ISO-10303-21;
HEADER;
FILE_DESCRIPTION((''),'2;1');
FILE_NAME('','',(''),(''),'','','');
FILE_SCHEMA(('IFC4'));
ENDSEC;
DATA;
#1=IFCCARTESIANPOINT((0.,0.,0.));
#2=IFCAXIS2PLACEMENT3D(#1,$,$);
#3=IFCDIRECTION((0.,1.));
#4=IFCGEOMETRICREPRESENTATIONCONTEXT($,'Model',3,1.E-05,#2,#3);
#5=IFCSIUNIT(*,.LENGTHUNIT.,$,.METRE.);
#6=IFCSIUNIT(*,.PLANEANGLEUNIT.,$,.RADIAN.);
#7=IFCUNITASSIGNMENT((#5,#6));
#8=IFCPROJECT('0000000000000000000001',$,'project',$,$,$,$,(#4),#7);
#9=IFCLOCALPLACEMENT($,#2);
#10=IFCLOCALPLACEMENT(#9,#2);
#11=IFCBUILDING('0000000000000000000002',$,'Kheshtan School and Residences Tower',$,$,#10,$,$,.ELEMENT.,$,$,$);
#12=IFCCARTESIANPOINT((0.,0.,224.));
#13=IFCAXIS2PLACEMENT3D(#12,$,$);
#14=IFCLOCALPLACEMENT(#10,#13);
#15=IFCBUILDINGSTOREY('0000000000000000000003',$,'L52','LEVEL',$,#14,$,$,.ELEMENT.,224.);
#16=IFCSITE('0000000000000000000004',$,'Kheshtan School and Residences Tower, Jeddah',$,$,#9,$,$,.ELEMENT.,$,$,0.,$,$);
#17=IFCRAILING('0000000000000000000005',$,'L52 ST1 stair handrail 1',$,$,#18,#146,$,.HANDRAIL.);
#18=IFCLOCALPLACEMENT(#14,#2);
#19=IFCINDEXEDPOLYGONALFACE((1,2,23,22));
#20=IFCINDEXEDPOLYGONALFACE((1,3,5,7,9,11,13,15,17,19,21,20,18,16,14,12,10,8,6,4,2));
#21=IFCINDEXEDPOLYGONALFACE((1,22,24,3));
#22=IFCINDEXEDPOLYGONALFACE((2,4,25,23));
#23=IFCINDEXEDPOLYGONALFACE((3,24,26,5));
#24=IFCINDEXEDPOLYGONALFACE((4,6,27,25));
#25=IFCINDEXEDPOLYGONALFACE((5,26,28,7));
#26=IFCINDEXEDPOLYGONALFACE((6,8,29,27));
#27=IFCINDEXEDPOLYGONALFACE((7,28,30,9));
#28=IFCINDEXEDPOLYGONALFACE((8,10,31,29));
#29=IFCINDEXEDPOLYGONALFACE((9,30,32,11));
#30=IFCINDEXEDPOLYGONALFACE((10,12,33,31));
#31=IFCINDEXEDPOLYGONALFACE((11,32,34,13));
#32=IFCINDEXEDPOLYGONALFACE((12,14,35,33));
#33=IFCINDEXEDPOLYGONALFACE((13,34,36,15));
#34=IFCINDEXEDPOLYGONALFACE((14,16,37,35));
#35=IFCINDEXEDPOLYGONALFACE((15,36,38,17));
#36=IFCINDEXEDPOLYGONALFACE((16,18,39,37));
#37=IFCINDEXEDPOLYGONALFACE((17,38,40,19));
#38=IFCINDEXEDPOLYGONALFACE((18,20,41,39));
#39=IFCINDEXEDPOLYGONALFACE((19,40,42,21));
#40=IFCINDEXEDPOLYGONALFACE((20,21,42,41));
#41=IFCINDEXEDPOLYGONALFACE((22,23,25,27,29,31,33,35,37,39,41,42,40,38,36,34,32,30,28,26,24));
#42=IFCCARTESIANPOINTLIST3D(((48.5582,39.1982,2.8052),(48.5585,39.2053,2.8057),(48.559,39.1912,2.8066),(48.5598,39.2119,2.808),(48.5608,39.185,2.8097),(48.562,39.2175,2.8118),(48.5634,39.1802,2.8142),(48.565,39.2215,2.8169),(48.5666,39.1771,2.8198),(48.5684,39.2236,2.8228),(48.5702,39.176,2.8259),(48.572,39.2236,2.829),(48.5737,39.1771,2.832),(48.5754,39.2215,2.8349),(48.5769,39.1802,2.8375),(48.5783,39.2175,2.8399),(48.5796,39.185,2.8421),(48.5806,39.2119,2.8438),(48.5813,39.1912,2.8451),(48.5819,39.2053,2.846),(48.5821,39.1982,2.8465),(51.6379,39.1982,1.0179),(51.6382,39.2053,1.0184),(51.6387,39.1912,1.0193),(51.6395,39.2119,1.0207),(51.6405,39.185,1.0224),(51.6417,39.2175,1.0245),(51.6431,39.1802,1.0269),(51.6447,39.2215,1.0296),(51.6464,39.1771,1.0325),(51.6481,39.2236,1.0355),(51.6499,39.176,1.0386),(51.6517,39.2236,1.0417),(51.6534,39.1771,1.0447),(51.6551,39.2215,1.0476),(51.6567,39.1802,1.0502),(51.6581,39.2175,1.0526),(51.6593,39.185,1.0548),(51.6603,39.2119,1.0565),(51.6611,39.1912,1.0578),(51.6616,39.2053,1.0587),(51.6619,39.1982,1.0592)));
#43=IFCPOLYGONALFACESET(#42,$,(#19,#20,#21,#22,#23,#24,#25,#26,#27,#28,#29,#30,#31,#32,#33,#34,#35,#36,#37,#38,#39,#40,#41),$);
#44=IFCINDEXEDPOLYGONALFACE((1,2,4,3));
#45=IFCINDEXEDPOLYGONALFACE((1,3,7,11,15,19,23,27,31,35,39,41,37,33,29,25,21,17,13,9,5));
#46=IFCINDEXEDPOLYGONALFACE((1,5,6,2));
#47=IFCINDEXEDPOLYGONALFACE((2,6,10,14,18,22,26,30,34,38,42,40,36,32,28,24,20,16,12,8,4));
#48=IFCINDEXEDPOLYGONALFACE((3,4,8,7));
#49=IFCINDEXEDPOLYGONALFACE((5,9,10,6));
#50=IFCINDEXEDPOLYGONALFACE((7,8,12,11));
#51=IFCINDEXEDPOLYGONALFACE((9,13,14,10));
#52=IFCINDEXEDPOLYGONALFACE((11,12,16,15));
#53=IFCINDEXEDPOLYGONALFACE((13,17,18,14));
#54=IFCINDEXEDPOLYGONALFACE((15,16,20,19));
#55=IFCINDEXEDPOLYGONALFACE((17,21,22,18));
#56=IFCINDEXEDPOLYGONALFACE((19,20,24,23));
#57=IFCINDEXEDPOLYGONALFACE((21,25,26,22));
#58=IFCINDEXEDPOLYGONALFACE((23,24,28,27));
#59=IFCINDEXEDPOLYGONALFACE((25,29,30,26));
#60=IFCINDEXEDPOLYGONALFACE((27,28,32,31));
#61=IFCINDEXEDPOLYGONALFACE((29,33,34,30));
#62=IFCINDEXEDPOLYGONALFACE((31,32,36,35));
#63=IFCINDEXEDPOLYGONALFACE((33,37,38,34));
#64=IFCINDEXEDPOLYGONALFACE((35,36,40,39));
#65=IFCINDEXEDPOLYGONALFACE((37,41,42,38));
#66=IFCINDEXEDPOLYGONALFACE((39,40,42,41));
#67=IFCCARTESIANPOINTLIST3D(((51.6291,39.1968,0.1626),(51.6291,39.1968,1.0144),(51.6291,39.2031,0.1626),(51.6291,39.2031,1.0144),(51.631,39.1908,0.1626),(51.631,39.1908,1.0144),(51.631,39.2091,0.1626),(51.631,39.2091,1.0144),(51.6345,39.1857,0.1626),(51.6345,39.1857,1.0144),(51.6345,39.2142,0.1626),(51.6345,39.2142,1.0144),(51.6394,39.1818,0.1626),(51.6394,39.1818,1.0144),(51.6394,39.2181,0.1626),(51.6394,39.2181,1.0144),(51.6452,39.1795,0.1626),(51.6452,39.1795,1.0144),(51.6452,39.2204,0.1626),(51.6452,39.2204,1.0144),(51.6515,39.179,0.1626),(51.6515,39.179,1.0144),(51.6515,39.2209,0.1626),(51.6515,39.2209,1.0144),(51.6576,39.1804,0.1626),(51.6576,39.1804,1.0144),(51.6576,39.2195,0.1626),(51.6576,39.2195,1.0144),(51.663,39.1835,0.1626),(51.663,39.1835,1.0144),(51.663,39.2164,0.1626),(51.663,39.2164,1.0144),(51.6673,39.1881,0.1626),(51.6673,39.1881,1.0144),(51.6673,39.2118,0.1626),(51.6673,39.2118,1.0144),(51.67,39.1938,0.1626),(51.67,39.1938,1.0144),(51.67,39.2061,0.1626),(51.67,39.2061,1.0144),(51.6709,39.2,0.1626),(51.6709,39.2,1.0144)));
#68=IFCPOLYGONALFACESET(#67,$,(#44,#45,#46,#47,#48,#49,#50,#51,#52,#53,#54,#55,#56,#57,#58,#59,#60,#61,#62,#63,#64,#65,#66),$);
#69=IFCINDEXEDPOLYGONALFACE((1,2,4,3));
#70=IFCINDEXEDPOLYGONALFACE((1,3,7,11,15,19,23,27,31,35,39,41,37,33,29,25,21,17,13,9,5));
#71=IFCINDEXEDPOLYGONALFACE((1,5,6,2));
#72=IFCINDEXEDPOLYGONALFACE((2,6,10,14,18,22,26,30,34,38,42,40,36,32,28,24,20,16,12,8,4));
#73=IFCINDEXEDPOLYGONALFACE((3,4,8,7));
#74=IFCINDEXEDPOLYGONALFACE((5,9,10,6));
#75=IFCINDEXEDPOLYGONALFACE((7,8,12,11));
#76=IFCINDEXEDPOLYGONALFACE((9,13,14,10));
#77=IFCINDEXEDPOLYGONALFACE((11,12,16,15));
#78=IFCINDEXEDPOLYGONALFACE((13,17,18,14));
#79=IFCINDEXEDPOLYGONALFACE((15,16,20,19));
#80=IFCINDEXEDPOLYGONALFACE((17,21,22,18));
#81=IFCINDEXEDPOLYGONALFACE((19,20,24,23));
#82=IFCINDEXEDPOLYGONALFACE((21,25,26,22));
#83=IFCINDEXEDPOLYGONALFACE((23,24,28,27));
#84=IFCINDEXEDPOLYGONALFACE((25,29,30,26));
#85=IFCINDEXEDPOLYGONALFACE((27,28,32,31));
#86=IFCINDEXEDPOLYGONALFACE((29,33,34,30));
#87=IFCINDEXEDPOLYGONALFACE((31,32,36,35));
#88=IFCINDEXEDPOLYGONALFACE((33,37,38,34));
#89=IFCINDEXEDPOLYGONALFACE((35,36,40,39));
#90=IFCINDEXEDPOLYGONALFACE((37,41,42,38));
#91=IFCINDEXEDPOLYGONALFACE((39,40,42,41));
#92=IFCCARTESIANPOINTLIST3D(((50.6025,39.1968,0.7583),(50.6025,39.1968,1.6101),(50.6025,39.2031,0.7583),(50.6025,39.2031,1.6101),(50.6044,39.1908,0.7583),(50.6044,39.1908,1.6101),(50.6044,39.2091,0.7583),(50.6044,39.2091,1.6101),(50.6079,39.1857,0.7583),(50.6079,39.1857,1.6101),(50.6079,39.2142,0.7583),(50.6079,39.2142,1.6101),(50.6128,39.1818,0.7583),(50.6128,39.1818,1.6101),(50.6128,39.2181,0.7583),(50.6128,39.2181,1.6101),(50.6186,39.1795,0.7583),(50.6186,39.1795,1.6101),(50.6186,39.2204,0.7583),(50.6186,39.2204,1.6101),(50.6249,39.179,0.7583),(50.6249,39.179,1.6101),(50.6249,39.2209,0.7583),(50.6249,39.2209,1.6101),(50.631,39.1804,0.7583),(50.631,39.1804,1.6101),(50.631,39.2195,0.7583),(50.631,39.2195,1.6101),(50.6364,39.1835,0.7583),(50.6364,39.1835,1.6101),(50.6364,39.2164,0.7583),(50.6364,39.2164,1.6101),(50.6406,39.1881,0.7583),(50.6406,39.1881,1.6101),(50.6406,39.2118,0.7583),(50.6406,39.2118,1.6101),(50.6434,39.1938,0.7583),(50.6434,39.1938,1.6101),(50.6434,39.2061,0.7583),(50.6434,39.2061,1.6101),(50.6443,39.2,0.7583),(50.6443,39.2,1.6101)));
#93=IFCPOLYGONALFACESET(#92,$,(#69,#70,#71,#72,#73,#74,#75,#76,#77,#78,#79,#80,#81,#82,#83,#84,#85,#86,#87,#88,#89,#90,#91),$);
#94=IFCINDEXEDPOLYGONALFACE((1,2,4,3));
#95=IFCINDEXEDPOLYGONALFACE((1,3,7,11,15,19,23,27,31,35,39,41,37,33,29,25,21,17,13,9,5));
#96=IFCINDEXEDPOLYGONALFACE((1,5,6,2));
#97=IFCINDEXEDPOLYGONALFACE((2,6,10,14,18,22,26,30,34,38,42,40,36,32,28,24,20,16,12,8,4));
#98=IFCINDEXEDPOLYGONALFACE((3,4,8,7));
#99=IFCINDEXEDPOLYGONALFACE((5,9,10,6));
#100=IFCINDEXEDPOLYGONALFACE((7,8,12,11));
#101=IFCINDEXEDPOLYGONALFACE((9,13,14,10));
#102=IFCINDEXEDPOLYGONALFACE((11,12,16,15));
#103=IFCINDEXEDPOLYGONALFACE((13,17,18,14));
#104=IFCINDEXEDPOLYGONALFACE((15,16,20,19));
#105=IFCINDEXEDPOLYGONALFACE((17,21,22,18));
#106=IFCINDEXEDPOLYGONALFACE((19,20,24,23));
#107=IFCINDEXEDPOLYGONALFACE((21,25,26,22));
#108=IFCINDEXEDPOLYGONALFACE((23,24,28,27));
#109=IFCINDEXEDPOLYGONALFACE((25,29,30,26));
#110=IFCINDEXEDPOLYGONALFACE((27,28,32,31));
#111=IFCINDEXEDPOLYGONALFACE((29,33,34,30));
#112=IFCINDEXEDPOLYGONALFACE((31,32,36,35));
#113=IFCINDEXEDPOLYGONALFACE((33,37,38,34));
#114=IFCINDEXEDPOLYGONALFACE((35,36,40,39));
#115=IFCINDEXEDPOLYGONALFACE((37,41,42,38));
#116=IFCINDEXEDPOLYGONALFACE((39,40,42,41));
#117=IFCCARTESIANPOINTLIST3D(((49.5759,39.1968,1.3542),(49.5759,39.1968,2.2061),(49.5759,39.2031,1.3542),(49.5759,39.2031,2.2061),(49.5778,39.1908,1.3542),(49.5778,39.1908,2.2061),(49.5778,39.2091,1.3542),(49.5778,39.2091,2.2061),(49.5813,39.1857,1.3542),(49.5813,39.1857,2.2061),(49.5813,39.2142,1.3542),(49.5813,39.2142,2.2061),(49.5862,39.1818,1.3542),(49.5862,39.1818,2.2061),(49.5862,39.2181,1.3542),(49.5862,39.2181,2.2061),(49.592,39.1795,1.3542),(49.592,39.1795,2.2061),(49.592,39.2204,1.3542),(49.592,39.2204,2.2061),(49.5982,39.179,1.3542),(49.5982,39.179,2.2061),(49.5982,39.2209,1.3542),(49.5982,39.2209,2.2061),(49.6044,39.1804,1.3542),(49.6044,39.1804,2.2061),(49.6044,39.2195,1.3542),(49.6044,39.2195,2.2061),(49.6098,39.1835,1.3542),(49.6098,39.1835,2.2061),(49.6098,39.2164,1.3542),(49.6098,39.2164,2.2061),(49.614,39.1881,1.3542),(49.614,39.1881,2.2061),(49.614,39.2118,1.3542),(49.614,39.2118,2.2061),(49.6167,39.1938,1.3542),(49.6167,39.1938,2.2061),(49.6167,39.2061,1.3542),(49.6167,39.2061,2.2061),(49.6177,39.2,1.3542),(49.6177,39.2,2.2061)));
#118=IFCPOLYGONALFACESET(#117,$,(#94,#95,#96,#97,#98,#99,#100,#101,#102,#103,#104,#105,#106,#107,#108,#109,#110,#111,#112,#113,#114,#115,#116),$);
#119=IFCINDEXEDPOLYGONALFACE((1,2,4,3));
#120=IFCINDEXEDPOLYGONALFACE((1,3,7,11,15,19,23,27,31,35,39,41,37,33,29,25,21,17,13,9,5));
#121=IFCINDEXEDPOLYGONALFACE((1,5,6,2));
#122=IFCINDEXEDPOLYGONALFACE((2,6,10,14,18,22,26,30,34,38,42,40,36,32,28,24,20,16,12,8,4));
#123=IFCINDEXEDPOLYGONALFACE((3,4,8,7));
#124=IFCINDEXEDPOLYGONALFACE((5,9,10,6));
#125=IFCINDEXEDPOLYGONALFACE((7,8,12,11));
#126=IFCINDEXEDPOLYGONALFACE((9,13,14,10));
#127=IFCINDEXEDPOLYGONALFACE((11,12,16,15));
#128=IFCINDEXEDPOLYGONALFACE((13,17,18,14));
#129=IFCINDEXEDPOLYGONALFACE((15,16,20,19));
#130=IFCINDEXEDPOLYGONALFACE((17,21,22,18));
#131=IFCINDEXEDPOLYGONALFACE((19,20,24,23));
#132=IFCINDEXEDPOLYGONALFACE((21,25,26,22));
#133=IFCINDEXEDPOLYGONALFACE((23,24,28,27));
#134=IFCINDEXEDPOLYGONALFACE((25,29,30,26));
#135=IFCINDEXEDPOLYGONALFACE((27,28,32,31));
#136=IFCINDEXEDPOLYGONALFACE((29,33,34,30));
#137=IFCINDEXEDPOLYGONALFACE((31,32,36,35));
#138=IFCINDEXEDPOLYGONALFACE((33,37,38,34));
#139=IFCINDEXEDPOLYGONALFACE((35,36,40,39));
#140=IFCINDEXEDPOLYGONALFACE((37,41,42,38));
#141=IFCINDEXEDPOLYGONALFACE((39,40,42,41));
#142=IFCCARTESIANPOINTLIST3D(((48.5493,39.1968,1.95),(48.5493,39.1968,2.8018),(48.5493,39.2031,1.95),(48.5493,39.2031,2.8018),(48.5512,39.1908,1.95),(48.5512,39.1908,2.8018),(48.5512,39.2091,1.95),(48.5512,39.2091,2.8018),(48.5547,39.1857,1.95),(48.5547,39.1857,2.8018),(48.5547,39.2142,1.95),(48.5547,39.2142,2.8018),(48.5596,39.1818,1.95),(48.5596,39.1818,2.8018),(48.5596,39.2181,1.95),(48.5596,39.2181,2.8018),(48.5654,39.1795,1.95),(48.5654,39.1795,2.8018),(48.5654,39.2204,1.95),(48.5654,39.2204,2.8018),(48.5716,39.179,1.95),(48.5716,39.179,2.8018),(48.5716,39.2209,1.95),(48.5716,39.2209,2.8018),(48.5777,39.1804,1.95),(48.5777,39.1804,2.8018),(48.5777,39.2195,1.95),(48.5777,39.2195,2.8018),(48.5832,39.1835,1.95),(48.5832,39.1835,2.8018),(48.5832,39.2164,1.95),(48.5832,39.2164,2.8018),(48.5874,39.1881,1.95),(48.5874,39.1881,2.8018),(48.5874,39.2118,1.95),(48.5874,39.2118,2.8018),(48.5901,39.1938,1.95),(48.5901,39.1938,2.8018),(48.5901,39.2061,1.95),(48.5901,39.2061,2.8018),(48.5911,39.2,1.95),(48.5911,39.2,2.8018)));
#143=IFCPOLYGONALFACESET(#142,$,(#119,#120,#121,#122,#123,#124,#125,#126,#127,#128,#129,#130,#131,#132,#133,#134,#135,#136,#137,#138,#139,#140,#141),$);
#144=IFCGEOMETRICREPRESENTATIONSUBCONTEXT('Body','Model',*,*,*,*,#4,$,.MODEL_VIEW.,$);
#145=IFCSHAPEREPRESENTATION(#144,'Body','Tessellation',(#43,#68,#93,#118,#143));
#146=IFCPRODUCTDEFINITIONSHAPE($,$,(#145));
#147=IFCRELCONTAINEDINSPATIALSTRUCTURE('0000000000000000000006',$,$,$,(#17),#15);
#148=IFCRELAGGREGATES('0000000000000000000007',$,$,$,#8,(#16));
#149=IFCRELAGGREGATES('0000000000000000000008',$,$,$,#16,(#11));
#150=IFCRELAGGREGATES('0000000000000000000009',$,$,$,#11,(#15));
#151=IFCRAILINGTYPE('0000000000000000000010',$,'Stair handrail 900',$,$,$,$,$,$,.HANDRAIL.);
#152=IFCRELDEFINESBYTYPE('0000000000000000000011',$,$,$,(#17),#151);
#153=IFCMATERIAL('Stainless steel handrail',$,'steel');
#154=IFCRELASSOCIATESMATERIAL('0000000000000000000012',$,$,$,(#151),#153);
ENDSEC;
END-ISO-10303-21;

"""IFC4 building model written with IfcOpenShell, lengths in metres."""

from ifc_helpers import new_model, si_unit, direction, frame, origin, origin_2d, place, context, subcontext, project, spatial, circle, extrude, material, type_object, element, save


model = new_model("IFC4")

# Units and contexts
model_context = context("Model", 3, precision=1e-05, world=origin(), true_north=direction((0.0, 1.0)))
body_context = subcontext(model_context, "Body", "Model", "MODEL_VIEW")
ifc_project = project(units=[si_unit("LENGTHUNIT", "METRE"), si_unit("PLANEANGLEUNIT", "RADIAN")], contexts=[model_context])

# Site, building, storey
site_placement = place(None, origin())
site = spatial("IfcSite", under=ifc_project, at=site_placement, Name="Kheshtan School and Residences Tower, Jeddah", CompositionType="ELEMENT", RefElevation=0.0)
building_placement = place(site_placement, origin())
building = spatial("IfcBuilding", under=site, at=building_placement, Name="Kheshtan School and Residences Tower", CompositionType="ELEMENT")
storey_placement = place(building_placement, frame((0.0, 0.0, 224.0)))
storey = spatial("IfcBuildingStorey", under=building, at=storey_placement, Name="L52", Description="LEVEL", CompositionType="ELEMENT", Elevation=224.0)

# Railing
ifc_material_1 = material(Name="Stainless steel handrail", Category="steel")
railing_type_1 = type_object("IfcRailingType", Name="Stair handrail 900", PredefinedType="HANDRAIL", material=ifc_material_1)
railing_1_placement = place(storey_placement, frame((51.6499, 39.2, 0.1626)))
element("IfcRailing", 1, at=railing_1_placement, inside=storey, type_object=railing_type_1, Name="L52 ST1 stair handrail 1", PredefinedType="HANDRAIL", context=body_context, shape_type="SweptSolid", body=[
    extrude(circle(Radius=0.0239, at=origin_2d()), frame((0.0, 0.0, 0.876), z_axis=(-0.864903, 0.0, 0.501939), x_axis=(0.0, -1.0, 0.0)), (0.0, 0.0, 1.0), 3.5608),
    extrude(circle(Radius=0.021, at=origin_2d()), origin(), (0.0, 0.0, 1.0), 0.8518),
    extrude(circle(Radius=0.021, at=origin_2d()), frame((-1.0266, 0.0, 0.5957)), (0.0, 0.0, 1.0), 0.8518),
    extrude(circle(Radius=0.021, at=origin_2d()), frame((-2.0532, 0.0, 1.1917)), (0.0, 0.0, 1.0), 0.8518),
    extrude(circle(Radius=0.021, at=origin_2d()), frame((-3.0798, 0.0, 1.7874)), (0.0, 0.0, 1.0), 0.8518),
])

save(model, "model.ifc")
